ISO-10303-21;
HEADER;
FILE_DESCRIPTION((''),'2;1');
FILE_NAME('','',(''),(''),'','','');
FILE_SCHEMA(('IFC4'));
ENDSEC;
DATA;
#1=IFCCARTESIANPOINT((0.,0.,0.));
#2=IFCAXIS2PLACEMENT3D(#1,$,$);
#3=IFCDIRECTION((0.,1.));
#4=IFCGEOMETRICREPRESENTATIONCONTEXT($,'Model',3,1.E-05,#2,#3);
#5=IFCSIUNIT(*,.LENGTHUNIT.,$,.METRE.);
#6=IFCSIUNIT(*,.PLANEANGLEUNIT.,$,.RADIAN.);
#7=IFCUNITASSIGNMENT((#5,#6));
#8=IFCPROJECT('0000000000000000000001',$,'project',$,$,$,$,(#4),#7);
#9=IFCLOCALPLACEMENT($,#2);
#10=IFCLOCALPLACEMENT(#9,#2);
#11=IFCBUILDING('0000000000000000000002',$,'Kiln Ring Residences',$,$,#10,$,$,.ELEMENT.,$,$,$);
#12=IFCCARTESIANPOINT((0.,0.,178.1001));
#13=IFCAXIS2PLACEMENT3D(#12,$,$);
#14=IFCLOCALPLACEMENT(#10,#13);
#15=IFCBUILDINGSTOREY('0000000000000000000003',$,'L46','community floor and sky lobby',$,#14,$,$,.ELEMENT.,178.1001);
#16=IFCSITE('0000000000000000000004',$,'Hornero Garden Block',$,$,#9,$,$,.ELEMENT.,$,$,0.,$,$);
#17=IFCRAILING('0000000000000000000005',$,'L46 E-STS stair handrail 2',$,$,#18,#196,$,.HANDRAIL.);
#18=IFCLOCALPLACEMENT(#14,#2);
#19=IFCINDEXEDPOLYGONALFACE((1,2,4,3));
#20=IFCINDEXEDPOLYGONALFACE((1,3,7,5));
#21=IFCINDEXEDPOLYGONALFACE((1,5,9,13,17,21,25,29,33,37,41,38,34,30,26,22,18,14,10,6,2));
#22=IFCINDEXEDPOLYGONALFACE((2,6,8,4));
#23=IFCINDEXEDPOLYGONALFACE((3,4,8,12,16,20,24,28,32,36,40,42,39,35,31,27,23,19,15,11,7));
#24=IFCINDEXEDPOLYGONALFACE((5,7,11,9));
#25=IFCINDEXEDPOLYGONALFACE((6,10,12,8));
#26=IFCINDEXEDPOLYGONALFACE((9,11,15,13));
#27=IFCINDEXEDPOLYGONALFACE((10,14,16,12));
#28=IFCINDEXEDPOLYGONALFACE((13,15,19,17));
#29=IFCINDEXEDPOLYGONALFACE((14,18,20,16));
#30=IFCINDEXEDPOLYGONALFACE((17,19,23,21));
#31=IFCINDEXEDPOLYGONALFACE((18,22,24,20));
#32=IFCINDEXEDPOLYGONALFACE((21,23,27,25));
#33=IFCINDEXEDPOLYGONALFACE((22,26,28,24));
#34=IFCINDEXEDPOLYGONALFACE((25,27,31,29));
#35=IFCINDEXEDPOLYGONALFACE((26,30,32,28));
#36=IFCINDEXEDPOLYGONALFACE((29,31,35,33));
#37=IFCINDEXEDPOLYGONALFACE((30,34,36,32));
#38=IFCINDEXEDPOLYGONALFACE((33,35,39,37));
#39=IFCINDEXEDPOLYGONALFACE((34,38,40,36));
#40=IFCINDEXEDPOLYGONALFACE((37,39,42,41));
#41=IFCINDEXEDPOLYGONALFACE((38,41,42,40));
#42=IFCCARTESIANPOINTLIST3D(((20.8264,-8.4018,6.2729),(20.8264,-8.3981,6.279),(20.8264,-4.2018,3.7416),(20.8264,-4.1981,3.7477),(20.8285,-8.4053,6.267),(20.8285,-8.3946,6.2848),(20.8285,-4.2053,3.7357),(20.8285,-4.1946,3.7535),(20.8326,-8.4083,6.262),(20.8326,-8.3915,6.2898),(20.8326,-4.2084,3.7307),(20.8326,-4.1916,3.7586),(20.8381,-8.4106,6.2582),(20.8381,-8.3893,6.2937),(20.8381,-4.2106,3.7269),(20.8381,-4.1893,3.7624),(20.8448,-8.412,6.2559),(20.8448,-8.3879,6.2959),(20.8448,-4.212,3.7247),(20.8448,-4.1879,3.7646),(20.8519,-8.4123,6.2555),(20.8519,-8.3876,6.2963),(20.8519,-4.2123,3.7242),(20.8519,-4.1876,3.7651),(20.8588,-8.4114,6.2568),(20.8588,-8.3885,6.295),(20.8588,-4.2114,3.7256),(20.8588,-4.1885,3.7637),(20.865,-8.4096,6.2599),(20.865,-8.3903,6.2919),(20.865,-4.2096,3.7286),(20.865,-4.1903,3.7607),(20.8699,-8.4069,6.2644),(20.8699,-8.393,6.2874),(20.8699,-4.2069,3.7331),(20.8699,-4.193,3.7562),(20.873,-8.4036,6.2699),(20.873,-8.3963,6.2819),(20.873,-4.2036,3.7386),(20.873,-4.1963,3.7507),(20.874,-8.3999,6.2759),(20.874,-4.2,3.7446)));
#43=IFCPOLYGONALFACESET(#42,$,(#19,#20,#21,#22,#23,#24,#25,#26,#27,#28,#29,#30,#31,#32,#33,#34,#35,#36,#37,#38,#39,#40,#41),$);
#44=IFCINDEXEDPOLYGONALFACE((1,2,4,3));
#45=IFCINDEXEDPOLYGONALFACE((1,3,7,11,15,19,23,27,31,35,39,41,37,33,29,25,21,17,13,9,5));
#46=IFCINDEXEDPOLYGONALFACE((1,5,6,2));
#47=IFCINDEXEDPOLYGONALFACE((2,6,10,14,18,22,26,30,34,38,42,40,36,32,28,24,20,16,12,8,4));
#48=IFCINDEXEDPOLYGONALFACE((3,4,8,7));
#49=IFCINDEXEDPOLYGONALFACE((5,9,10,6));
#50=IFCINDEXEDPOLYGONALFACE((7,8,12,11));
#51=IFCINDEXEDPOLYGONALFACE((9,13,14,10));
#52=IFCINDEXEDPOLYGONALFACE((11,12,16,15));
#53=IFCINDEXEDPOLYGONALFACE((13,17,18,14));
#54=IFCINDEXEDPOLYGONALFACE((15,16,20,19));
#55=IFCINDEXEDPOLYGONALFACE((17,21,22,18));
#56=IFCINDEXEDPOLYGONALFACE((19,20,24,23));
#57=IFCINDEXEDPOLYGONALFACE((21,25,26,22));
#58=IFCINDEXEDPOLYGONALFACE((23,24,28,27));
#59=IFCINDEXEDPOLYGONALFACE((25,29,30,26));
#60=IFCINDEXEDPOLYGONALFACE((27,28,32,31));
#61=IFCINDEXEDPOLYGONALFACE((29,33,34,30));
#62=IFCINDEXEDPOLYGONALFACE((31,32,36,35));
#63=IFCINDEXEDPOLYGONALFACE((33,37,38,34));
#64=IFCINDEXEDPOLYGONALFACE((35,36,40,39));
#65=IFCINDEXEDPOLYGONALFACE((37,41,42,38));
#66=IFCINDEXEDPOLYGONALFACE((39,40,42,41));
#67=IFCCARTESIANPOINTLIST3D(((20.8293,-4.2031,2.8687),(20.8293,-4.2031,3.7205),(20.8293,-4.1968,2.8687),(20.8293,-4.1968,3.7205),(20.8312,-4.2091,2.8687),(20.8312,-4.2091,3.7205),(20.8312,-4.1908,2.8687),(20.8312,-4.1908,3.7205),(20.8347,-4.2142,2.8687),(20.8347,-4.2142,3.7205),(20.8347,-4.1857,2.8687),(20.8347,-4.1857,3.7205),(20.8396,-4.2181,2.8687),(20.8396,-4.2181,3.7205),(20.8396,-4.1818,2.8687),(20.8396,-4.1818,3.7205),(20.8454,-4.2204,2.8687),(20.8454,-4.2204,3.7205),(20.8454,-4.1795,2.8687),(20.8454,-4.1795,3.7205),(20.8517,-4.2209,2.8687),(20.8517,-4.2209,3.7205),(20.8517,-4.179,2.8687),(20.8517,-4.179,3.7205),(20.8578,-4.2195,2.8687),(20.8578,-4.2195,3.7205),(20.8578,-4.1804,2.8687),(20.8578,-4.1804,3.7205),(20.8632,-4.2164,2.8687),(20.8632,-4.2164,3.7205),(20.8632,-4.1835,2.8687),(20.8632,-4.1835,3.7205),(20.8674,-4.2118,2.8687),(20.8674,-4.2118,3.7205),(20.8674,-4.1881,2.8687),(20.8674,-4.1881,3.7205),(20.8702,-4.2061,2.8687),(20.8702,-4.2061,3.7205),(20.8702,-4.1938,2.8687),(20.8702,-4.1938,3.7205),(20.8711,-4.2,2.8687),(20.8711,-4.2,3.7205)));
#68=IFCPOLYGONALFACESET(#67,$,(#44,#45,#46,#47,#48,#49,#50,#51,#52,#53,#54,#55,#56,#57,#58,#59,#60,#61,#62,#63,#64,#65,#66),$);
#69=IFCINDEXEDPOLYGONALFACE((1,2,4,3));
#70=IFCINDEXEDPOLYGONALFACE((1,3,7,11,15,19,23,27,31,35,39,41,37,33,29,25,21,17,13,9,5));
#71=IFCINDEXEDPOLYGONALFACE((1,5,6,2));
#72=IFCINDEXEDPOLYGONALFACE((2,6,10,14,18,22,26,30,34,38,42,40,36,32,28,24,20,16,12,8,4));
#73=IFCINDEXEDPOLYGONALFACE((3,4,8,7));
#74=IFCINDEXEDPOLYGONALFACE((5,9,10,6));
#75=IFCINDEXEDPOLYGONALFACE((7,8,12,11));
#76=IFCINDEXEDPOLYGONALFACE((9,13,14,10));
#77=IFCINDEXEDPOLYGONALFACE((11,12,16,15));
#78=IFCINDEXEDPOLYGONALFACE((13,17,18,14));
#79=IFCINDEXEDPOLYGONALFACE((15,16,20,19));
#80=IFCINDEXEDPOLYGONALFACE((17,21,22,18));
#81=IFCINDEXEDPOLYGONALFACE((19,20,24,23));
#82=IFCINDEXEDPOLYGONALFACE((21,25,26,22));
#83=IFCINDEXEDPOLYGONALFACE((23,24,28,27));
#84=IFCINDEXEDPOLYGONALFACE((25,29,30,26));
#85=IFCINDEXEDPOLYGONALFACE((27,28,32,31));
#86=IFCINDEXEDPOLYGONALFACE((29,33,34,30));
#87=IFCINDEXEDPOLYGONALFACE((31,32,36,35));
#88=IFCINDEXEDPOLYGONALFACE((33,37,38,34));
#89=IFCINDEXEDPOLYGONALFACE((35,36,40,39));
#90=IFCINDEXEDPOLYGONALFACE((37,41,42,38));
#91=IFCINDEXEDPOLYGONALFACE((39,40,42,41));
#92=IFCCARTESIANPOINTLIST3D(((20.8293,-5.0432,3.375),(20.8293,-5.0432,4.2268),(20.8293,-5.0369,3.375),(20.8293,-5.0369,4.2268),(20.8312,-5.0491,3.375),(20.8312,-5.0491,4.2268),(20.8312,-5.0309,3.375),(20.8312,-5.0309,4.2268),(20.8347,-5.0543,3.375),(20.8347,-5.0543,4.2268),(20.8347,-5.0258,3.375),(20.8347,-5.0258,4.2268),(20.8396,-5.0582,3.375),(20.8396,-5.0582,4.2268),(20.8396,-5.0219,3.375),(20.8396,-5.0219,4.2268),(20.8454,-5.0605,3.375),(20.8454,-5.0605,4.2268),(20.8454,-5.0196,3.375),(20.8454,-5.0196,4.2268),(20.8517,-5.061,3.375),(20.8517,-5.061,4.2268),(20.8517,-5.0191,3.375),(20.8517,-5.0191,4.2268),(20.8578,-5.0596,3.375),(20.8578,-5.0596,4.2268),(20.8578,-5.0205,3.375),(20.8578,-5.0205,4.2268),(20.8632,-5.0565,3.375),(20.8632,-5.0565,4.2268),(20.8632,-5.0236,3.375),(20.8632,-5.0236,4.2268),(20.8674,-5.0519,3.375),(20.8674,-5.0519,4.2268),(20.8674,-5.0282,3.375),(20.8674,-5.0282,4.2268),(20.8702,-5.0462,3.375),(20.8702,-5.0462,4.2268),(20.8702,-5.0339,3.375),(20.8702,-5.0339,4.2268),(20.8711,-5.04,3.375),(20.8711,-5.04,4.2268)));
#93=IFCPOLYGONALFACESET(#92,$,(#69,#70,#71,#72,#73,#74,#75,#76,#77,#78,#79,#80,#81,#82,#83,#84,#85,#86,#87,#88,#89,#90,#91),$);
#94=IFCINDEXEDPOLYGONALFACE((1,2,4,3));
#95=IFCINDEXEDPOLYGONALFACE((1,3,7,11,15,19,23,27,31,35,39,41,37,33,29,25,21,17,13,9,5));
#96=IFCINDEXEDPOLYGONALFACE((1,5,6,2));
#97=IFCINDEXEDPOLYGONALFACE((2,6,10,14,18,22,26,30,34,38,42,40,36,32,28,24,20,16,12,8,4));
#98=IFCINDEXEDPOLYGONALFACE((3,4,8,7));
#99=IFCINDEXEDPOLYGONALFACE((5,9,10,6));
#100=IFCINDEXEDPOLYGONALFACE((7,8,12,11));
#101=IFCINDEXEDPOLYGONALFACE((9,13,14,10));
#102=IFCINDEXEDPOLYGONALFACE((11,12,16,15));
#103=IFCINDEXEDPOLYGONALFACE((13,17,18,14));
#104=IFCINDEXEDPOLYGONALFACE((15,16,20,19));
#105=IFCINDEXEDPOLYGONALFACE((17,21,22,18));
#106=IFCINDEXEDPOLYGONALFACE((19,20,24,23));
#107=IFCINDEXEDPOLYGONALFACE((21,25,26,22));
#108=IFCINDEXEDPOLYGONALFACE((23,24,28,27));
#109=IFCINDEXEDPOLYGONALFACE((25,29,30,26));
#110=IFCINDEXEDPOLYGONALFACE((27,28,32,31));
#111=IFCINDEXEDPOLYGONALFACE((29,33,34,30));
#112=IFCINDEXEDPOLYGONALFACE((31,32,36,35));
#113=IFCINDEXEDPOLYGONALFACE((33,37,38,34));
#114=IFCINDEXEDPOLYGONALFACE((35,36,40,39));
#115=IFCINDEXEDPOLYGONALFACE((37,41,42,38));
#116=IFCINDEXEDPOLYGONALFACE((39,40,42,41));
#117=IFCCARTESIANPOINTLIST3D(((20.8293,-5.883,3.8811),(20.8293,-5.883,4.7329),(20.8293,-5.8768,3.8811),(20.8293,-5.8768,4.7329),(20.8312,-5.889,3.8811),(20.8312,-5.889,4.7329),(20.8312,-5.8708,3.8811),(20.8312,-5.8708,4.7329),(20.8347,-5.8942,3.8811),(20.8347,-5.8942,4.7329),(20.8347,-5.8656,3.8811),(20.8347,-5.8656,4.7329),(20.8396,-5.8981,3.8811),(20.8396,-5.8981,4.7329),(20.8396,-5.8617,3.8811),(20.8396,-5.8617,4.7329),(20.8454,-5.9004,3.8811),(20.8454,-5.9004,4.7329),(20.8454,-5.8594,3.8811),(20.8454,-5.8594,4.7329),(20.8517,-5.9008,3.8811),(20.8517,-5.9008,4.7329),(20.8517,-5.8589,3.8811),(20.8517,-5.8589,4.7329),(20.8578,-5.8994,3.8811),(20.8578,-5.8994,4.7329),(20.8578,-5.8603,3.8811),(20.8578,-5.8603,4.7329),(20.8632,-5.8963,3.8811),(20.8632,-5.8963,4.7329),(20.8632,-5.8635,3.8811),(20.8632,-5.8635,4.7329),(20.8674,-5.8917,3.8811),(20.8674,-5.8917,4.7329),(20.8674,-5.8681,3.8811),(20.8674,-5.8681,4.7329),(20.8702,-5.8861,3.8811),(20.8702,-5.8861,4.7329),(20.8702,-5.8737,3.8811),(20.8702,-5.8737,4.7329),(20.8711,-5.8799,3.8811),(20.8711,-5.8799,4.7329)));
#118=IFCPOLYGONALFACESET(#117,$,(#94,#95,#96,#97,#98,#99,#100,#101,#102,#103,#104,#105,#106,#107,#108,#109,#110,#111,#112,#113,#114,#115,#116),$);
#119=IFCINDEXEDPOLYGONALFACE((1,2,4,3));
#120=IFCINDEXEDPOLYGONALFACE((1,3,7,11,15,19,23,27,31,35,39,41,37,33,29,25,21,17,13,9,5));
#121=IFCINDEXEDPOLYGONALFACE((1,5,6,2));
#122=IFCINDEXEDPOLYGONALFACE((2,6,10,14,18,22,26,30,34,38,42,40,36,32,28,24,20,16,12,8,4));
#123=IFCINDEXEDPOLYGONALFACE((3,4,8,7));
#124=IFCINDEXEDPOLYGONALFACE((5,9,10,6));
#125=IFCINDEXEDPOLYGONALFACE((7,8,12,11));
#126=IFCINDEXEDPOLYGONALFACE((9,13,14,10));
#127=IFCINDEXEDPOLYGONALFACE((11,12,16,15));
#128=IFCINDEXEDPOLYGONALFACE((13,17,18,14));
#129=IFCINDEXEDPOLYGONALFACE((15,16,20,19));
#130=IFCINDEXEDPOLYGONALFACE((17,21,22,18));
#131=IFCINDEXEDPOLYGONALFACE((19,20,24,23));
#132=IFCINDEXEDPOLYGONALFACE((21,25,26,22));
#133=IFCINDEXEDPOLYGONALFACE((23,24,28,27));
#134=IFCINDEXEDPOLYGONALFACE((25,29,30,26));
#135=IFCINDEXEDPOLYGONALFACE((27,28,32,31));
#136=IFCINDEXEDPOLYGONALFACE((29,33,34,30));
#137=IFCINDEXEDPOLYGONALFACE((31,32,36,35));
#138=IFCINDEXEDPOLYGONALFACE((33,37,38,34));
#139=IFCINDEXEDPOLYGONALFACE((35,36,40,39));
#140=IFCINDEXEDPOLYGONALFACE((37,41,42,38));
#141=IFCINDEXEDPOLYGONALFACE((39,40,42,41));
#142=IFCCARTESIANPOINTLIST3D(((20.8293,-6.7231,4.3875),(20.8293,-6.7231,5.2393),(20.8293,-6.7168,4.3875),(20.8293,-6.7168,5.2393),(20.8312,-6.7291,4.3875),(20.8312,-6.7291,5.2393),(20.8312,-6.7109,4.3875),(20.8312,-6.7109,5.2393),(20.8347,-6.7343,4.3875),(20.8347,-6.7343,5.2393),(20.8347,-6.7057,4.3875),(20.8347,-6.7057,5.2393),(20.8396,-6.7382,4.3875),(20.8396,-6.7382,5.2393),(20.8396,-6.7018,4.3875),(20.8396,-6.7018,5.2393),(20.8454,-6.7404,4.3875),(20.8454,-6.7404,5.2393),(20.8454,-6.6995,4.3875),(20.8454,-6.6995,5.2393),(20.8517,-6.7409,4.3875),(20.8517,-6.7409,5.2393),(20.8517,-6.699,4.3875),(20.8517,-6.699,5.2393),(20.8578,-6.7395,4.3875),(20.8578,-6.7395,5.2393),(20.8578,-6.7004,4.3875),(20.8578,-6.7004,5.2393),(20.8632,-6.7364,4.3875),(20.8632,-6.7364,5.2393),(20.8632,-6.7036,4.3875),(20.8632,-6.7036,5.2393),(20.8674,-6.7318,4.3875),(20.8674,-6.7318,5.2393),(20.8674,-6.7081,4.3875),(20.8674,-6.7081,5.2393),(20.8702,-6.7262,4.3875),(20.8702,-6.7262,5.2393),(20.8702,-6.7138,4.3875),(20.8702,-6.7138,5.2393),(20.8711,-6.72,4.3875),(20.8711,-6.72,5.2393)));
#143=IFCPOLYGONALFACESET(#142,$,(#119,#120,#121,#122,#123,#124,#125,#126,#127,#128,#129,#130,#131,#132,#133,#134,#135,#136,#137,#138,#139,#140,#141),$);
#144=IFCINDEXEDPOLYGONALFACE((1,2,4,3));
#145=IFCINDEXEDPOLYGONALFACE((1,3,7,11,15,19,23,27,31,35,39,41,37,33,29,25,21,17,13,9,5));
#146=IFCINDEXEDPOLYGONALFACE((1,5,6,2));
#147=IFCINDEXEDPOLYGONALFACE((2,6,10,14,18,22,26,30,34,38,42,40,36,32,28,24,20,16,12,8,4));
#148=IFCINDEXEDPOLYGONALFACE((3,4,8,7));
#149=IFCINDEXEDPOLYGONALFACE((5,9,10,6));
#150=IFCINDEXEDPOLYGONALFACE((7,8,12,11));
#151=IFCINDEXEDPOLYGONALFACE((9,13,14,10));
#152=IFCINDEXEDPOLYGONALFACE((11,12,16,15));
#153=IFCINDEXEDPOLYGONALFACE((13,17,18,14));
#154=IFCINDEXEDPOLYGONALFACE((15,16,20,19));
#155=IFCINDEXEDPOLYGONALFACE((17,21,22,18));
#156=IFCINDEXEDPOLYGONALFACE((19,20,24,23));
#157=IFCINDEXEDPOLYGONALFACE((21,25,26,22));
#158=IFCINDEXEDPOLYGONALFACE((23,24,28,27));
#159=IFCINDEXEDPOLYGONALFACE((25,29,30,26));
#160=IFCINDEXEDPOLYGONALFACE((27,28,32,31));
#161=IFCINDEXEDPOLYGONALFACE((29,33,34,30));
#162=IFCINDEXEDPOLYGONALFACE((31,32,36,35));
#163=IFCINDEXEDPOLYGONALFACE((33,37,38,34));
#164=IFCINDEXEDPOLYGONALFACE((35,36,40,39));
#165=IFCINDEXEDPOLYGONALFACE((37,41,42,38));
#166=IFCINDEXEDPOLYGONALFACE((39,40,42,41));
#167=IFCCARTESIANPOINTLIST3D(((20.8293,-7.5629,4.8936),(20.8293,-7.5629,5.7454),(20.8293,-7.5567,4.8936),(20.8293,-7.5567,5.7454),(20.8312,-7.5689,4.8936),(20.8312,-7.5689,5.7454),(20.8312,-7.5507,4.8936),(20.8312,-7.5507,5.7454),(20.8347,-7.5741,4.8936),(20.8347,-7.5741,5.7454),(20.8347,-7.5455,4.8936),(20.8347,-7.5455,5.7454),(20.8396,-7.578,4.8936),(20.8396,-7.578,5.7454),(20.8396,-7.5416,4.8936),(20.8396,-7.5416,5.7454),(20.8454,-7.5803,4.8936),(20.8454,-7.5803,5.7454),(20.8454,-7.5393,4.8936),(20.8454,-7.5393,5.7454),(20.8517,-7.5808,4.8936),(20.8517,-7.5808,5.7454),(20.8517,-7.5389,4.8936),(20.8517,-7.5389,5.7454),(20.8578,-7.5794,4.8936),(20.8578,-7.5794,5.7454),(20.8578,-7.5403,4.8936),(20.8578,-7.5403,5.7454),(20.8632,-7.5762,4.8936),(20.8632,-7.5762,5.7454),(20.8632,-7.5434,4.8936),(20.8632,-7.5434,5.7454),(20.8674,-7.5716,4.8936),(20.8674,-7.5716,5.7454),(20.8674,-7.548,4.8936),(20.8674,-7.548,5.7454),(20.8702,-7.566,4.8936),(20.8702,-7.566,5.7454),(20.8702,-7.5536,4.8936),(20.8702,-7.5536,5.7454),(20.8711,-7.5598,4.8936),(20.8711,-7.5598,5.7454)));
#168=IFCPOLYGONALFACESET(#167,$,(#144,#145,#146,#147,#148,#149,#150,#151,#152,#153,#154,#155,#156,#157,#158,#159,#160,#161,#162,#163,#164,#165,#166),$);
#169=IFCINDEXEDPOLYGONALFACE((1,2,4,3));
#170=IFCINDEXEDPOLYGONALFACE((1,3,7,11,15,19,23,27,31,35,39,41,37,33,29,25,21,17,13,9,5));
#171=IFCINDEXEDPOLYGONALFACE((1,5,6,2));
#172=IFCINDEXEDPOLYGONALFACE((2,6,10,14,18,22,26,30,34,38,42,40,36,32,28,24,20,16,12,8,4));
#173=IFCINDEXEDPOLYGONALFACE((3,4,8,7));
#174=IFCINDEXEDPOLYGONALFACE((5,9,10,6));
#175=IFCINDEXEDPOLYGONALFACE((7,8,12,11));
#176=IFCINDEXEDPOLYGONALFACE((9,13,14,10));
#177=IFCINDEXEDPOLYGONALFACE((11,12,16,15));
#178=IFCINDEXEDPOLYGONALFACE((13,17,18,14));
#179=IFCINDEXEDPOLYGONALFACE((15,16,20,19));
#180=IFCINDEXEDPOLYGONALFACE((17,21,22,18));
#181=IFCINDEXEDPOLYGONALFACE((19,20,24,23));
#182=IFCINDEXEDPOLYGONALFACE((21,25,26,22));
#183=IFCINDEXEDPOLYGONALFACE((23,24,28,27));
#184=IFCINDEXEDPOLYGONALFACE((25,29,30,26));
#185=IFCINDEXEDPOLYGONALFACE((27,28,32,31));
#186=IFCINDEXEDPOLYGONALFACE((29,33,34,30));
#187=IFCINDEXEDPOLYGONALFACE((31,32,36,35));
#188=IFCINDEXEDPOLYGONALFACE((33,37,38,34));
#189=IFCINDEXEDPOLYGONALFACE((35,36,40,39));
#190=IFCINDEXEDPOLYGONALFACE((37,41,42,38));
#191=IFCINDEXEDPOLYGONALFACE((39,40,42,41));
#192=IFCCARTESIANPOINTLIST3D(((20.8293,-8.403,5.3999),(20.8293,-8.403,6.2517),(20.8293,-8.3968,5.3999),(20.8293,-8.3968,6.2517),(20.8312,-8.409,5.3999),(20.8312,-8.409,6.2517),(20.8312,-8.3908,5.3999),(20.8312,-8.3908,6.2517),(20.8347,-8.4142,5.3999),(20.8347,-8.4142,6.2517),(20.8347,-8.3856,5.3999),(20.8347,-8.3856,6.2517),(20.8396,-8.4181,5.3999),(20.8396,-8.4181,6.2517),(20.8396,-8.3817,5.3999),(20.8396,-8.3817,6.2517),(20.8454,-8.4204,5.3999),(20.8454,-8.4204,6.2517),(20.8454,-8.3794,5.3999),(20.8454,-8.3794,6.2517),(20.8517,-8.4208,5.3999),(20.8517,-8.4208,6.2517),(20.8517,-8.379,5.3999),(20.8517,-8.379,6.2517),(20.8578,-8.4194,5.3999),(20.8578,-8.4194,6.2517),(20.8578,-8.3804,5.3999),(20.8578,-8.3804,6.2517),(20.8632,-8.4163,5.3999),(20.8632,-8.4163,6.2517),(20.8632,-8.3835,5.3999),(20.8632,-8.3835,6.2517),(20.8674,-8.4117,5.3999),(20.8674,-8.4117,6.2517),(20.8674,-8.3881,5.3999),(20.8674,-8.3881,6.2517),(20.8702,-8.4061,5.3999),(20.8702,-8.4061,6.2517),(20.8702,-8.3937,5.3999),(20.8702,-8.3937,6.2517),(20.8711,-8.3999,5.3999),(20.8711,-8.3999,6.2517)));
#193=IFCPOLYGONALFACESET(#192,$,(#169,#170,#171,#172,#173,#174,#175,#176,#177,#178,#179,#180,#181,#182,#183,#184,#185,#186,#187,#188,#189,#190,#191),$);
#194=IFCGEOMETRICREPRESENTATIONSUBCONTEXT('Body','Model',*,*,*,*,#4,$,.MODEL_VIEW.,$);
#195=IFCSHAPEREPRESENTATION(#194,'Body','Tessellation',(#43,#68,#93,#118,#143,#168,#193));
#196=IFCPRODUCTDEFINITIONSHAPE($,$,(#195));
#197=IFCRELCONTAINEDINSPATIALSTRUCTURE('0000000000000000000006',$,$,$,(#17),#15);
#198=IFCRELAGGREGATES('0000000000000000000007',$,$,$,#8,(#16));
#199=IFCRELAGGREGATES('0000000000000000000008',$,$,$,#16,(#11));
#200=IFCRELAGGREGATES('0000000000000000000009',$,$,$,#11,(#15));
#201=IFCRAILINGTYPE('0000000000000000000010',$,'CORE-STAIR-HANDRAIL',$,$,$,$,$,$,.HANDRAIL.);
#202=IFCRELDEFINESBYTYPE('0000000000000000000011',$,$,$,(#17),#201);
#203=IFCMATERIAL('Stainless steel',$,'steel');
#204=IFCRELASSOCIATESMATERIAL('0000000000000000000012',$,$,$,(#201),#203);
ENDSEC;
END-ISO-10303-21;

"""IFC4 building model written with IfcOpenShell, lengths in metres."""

from ifc_helpers import new_model, si_unit, direction, frame, origin, origin_2d, place, context, subcontext, project, spatial, circle, extrude, material, type_object, element, save


model = new_model("IFC4")

# Units and contexts
model_context = context("Model", 3, precision=1e-05, world=origin(), true_north=direction((0.0, 1.0)))
body_context = subcontext(model_context, "Body", "Model", "MODEL_VIEW")
ifc_project = project(units=[si_unit("LENGTHUNIT", "METRE"), si_unit("PLANEANGLEUNIT", "RADIAN")], contexts=[model_context])

# Site, building, storey
site_placement = place(None, origin())
site = spatial("IfcSite", under=ifc_project, at=site_placement, Name="Hornero Garden Block", CompositionType="ELEMENT", RefElevation=0.0)
building_placement = place(site_placement, origin())
building = spatial("IfcBuilding", under=site, at=building_placement, Name="Kiln Ring Residences", CompositionType="ELEMENT")
storey_placement = place(building_placement, frame((0.0, 0.0, 178.1001)))
storey = spatial("IfcBuildingStorey", under=building, at=storey_placement, Name="L46", Description="community floor and sky lobby", CompositionType="ELEMENT", Elevation=178.1001)

# Railing
ifc_material_1 = material(Name="Stainless steel", Category="steel")
railing_type_1 = type_object("IfcRailingType", Name="CORE-STAIR-HANDRAIL", PredefinedType="HANDRAIL", material=ifc_material_1)
railing_1_placement = place(storey_placement, frame((20.8501, -4.2, 2.8687)))
element("IfcRailing", 1, at=railing_1_placement, inside=storey, type_object=railing_type_1, Name="L46 E-STS stair handrail 2", PredefinedType="HANDRAIL", context=body_context, shape_type="SweptSolid", body=[
    extrude(circle(Radius=0.0239, at=origin_2d()), frame((0.0, 0.0, 0.876), z_axis=(0.0, -0.856476, 0.516186), x_axis=(1.0, 0.0, 0.0)), (0.0, 0.0, 1.0), 4.9038),
    extrude(circle(Radius=0.021, at=origin_2d()), origin(), (0.0, 0.0, 1.0), 0.8518),
    extrude(circle(Radius=0.021, at=origin_2d()), frame((0.0, -0.8401, 0.5063)), (0.0, 0.0, 1.0), 0.8518),
    extrude(circle(Radius=0.021, at=origin_2d()), frame((0.0, -1.6799, 1.0125)), (0.0, 0.0, 1.0), 0.8518),
    extrude(circle(Radius=0.021, at=origin_2d()), frame((0.0, -2.52, 1.5188)), (0.0, 0.0, 1.0), 0.8518),
    extrude(circle(Radius=0.021, at=origin_2d()), frame((0.0, -3.3599, 2.0249)), (0.0, 0.0, 1.0), 0.8518),
    extrude(circle(Radius=0.021, at=origin_2d()), frame((0.0, -4.2, 2.5312)), (0.0, 0.0, 1.0), 0.8518),
])

save(model, "model.ifc")
